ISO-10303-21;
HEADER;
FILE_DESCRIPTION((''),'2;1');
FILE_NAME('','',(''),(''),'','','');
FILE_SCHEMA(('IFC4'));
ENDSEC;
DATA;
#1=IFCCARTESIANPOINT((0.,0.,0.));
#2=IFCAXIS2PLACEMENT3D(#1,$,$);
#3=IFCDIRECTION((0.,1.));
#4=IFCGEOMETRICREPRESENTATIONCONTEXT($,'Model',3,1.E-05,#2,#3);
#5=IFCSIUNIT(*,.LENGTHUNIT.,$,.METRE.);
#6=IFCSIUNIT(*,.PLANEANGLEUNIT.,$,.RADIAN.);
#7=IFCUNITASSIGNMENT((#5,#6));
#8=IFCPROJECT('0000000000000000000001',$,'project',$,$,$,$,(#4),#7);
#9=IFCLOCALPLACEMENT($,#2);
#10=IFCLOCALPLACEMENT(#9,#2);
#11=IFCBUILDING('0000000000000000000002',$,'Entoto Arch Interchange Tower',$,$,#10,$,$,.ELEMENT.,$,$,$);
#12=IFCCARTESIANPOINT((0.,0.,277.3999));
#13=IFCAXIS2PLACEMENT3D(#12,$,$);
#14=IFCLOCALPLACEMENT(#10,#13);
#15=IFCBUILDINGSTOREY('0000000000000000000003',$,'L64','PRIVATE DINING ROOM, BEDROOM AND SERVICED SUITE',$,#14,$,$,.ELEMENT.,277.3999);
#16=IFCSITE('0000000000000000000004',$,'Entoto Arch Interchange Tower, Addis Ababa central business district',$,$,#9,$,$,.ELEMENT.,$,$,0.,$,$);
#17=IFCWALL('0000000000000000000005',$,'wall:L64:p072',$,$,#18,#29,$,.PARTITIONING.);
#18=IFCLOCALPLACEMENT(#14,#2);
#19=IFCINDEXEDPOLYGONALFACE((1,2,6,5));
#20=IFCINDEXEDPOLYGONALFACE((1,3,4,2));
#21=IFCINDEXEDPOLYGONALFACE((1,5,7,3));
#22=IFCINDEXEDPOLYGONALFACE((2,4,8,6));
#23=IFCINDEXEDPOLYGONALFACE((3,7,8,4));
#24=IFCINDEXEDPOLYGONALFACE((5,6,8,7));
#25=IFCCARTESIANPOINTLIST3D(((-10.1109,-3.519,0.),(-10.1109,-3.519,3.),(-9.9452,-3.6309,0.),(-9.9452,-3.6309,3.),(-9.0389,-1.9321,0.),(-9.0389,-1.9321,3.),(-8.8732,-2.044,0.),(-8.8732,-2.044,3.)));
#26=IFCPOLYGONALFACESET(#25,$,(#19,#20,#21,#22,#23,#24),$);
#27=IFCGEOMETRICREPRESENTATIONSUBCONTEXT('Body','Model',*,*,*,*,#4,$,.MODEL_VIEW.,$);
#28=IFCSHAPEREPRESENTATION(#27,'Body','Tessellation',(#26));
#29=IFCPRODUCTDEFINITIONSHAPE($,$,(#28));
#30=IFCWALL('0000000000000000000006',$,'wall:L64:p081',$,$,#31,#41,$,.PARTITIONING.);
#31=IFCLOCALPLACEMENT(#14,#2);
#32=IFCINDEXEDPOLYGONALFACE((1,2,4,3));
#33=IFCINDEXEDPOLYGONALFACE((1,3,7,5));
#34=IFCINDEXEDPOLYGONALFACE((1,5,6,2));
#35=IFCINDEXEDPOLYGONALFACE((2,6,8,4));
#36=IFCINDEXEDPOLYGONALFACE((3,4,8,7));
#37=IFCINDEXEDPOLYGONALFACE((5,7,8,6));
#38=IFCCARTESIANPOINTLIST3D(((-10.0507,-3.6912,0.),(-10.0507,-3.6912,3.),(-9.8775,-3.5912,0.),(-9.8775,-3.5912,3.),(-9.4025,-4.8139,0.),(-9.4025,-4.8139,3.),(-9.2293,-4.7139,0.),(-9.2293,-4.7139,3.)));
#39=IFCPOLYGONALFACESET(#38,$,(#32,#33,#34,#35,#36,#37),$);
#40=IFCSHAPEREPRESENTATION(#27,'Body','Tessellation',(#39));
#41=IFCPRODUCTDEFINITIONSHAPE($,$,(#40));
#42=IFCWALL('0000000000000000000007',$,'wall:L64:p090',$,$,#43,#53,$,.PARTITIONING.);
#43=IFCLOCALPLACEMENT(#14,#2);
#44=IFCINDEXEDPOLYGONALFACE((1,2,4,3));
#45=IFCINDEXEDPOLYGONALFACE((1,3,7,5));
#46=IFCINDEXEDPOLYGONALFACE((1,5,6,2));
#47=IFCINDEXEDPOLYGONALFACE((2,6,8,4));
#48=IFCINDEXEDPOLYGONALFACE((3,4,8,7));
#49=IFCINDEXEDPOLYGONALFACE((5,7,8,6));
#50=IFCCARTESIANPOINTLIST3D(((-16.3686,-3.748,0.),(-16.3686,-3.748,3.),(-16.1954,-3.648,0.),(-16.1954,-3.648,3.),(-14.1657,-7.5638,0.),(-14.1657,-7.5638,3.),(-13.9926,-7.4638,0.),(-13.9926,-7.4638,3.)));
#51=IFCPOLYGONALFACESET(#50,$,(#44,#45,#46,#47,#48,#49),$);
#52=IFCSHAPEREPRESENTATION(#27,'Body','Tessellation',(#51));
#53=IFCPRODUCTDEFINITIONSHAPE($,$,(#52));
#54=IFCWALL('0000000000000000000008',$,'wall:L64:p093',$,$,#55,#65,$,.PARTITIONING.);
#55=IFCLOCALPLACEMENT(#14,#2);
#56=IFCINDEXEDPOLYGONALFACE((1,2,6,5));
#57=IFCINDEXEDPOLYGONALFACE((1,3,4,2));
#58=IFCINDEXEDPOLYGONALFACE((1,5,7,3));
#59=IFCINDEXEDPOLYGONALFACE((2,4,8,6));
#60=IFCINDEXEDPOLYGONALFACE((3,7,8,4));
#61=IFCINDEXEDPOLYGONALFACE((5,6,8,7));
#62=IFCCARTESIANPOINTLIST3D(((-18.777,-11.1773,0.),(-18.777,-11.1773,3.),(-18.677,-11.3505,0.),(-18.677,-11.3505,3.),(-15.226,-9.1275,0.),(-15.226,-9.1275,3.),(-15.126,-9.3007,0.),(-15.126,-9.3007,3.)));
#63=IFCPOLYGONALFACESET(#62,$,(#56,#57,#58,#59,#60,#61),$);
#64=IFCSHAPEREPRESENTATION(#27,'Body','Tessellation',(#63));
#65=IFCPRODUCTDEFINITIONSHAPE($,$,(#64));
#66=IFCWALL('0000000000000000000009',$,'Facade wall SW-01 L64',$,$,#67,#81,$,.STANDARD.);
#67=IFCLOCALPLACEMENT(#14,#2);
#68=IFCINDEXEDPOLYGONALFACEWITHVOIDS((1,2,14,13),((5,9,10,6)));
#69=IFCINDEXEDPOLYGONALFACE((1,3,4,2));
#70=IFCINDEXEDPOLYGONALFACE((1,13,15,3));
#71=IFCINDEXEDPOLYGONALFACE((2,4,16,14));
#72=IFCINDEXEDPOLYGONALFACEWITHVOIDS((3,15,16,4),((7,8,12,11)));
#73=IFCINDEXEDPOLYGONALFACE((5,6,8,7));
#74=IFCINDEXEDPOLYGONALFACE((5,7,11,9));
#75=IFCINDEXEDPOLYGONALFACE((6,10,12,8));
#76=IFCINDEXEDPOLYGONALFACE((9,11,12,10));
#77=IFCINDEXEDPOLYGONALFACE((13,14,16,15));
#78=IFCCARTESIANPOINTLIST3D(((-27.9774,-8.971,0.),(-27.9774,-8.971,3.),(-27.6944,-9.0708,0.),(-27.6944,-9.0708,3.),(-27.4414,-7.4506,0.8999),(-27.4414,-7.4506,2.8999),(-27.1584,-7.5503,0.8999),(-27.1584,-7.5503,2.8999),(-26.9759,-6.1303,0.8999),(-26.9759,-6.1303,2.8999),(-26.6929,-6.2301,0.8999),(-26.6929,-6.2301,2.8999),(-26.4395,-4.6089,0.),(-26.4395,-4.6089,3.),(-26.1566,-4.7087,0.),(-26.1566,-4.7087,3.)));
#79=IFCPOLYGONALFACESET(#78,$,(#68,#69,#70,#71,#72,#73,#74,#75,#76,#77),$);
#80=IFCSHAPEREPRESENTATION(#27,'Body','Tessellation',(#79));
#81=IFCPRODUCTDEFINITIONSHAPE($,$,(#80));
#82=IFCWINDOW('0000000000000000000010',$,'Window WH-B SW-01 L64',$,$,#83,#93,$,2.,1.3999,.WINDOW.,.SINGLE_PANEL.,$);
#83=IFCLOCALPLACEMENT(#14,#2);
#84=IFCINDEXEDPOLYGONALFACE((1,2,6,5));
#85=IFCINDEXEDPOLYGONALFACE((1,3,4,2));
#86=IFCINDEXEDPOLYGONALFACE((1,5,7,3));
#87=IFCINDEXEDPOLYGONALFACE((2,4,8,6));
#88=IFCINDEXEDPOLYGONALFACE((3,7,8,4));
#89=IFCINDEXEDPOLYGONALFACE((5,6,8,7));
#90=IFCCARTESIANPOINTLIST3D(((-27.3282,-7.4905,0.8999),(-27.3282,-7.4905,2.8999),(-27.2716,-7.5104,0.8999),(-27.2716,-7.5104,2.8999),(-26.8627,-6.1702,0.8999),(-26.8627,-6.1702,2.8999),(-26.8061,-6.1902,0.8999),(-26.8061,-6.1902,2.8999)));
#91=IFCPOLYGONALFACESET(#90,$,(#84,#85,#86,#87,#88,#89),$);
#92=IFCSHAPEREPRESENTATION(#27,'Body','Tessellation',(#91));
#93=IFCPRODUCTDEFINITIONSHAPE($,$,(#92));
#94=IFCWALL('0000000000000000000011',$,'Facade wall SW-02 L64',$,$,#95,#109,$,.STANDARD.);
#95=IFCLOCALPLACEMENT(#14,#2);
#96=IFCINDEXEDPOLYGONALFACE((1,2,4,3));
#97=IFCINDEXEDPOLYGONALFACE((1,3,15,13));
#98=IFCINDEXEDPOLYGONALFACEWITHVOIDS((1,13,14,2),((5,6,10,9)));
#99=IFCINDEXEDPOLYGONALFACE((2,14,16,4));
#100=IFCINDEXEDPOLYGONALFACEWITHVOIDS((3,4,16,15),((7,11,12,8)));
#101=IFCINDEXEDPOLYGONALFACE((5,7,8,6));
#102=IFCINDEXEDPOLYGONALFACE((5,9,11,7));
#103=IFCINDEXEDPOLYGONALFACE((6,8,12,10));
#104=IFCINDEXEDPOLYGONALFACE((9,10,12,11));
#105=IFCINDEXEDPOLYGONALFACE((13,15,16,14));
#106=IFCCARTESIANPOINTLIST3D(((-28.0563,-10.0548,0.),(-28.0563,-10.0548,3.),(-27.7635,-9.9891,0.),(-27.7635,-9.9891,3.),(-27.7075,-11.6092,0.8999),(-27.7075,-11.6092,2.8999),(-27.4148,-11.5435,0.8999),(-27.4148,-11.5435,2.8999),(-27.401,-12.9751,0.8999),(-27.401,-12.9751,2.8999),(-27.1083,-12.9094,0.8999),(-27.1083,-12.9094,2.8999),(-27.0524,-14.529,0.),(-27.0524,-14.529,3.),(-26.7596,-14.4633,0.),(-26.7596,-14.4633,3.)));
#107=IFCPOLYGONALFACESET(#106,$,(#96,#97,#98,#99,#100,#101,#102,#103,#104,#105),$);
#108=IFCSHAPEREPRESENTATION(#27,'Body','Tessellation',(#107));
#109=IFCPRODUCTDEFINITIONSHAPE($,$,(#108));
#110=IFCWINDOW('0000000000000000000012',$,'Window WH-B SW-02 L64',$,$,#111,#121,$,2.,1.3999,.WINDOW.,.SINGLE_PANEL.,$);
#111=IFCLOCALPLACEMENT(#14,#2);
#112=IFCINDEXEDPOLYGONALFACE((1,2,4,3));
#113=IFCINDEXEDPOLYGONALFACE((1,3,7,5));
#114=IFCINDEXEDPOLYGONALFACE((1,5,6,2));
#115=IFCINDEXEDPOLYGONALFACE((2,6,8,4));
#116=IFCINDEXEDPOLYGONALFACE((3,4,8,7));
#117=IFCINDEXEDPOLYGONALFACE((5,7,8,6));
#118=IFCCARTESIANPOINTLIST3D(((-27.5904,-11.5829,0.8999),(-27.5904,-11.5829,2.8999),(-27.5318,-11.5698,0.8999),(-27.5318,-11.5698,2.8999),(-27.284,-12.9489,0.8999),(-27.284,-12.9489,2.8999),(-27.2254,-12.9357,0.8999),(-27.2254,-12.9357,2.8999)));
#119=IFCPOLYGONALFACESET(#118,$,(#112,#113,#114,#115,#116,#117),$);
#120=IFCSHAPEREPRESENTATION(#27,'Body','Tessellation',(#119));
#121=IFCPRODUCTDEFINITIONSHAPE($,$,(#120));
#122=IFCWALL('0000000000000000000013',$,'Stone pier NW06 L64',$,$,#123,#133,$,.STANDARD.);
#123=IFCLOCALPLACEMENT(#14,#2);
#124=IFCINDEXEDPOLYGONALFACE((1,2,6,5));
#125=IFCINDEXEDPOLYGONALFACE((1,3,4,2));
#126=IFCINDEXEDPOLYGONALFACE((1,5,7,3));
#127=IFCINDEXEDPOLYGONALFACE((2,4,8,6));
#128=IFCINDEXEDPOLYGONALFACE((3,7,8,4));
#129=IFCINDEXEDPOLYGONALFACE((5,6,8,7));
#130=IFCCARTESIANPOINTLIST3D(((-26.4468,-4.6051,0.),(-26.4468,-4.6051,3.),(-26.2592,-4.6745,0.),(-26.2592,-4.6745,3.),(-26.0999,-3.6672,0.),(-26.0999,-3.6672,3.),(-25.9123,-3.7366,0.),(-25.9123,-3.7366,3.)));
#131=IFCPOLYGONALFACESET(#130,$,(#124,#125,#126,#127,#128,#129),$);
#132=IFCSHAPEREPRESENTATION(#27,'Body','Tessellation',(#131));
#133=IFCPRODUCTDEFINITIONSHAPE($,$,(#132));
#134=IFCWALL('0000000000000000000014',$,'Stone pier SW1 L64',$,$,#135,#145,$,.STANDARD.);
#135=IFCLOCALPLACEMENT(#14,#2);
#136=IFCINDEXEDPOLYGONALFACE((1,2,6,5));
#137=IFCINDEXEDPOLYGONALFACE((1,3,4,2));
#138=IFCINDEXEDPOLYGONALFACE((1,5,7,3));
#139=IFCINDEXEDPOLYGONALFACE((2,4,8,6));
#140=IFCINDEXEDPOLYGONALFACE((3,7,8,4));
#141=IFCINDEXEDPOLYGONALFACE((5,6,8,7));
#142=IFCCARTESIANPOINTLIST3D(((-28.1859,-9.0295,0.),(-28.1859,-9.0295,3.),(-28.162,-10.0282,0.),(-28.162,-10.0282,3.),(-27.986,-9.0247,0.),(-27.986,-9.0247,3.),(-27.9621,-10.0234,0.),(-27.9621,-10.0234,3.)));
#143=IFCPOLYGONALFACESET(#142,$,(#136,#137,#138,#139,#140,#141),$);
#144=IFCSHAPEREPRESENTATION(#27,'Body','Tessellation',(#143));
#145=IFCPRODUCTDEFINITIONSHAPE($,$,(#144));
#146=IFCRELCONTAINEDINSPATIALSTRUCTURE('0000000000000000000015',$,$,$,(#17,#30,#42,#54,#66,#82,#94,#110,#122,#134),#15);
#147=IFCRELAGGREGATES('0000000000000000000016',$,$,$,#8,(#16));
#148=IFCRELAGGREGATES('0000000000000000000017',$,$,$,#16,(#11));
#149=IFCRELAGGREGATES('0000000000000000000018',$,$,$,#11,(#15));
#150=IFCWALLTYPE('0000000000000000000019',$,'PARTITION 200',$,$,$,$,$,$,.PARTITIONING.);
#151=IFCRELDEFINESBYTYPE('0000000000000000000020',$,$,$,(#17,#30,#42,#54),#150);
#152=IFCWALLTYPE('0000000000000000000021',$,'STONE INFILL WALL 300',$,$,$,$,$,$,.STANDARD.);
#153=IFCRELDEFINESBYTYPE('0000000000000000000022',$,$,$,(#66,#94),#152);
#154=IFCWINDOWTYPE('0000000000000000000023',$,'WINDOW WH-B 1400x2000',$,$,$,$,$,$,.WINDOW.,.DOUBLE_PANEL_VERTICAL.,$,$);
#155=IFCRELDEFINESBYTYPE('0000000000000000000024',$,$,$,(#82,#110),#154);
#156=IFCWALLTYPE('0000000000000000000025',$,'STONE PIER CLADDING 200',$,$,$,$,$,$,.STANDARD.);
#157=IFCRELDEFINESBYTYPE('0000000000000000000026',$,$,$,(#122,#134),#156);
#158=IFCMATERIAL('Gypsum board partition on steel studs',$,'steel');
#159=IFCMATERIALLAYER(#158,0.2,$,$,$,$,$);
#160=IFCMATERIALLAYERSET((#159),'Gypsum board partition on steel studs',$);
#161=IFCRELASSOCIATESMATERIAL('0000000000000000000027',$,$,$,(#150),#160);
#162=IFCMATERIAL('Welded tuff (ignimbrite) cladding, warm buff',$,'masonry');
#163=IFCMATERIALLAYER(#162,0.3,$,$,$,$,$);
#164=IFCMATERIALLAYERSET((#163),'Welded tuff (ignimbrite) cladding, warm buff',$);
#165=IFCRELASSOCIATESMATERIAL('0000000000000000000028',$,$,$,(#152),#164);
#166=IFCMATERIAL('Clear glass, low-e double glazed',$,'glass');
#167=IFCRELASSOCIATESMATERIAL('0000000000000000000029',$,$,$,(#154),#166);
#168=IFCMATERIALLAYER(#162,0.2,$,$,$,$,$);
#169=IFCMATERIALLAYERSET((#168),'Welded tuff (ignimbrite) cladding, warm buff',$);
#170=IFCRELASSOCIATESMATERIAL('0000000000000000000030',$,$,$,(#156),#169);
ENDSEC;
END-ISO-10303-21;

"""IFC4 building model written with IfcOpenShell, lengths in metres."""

from ifc_helpers import new_model, si_unit, direction, frame, frame_2d, origin, place, context, subcontext, project, spatial, rectangle, extrude, material, layer, layer_set, type_object, element, fill, save


model = new_model("IFC4")

# Units and contexts
model_context = context("Model", 3, precision=1e-05, world=origin(), true_north=direction((0.0, 1.0)))
body_context = subcontext(model_context, "Body", "Model", "MODEL_VIEW")
ifc_project = project(units=[si_unit("LENGTHUNIT", "METRE"), si_unit("PLANEANGLEUNIT", "RADIAN")], contexts=[model_context])

# Site, building, storey
site_placement = place(None, origin())
site = spatial("IfcSite", under=ifc_project, at=site_placement, Name="Entoto Arch Interchange Tower, Addis Ababa central business district", CompositionType="ELEMENT", RefElevation=0.0)
building_placement = place(site_placement, origin())
building = spatial("IfcBuilding", under=site, at=building_placement, Name="Entoto Arch Interchange Tower", CompositionType="ELEMENT")
storey_placement = place(building_placement, frame((0.0, 0.0, 277.3999)))
storey = spatial("IfcBuildingStorey", under=building, at=storey_placement, Name="L64", Description="PRIVATE DINING ROOM, BEDROOM AND SERVICED SUITE", CompositionType="ELEMENT", Elevation=277.3999)

# Shared definitions
ifc_material_1 = material(Name="Gypsum board partition on steel studs", Category="steel")
ifc_layer_1 = layer(ifc_material_1, 0.2)
ifc_layer_set_1 = layer_set([ifc_layer_1], Name="Gypsum board partition on steel studs")
wall_type_1 = type_object("IfcWallType", Name="PARTITION 200", PredefinedType="PARTITIONING", material=ifc_layer_set_1)

# Walls
wall_1_placement = place(storey_placement, frame((-10.0281, -3.575, 0.0), z_axis=(0.0, 0.0, 1.0), x_axis=(0.559779, 0.828642, 0.0)))
element("IfcWall", 1, at=wall_1_placement, inside=storey, type_object=wall_type_1, Name="wall:L64:p072", PredefinedType="PARTITIONING", context=body_context, shape_type="SweptSolid", body=[
    extrude(rectangle(XDim=1.915, YDim=0.2, at=frame_2d((0.9575, 0.0))), origin(), (0.0, 0.0, 1.0), 3.0),
])
wall_2_placement = place(storey_placement, frame((-9.3159, -4.7639, 0.0), z_axis=(0.0, 0.0, 1.0), x_axis=(-0.499967, 0.866044, 0.0)))
element("IfcWall", 2, at=wall_2_placement, inside=storey, type_object=wall_type_1, Name="wall:L64:p081", PredefinedType="PARTITIONING", context=body_context, shape_type="SweptSolid", body=[
    extrude(rectangle(XDim=1.2964, YDim=0.2, at=frame_2d((0.6482, 0.0))), origin(), (0.0, 0.0, 1.0), 3.0),
])
wall_3_placement = place(storey_placement, frame((-14.0791, -7.5139, 0.0), z_axis=(0.0, 0.0, 1.0), x_axis=(-0.499959, 0.866049, 0.0)))
element("IfcWall", 3, at=wall_3_placement, inside=storey, type_object=wall_type_1, Name="wall:L64:p090", PredefinedType="PARTITIONING", context=body_context, shape_type="SweptSolid", body=[
    extrude(rectangle(XDim=4.406, YDim=0.2, at=frame_2d((2.2031, 0.0))), origin(), (0.0, 0.0, 1.0), 3.0),
])
wall_4_placement = place(storey_placement, frame((-15.176, -9.2141, 0.0), z_axis=(0.0, 0.0, 1.0), x_axis=(-0.866066, -0.49993, 0.0)))
element("IfcWall", 4, at=wall_4_placement, inside=storey, type_object=wall_type_1, Name="wall:L64:p093", PredefinedType="PARTITIONING", context=body_context, shape_type="SweptSolid", body=[
    extrude(rectangle(XDim=4.1001, YDim=0.2, at=frame_2d((2.05, 0.0))), origin(), (0.0, 0.0, 1.0), 3.0),
])

# Walls, openings, windows
ifc_material_2 = material(Name="Welded tuff (ignimbrite) cladding, warm buff", Category="masonry")
ifc_layer_2 = layer(ifc_material_2, 0.3)
ifc_layer_set_2 = layer_set([ifc_layer_2], Name="Welded tuff (ignimbrite) cladding, warm buff")
wall_type_2 = type_object("IfcWallType", Name="STONE INFILL WALL 300", PredefinedType="STANDARD", material=ifc_layer_set_2)
wall_5_placement = place(storey_placement, frame((-26.2981, -4.6589, 0.0), z_axis=(0.0, 0.0, 1.0), x_axis=(-0.332492, -0.943106, 0.0)))
wall_5 = element("IfcWall", 5, at=wall_5_placement, inside=storey, type_object=wall_type_2, Name="Facade wall SW-01 L64", PredefinedType="STANDARD", context=body_context, shape_type="SweptSolid", body=[
    extrude(rectangle(XDim=4.6252, YDim=0.3, at=frame_2d((2.3125, 0.0))), origin(), (0.0, 0.0, 1.0), 3.0),
])
opening_1_placement = place(wall_5_placement, frame((1.613, 0.0, 0.8999)))
opening_1 = element("IfcOpeningElement", 6, at=opening_1_placement, cuts=wall_5, PredefinedType="OPENING", context=body_context, shape_type="SweptSolid", body=[
    extrude(rectangle(XDim=1.3999, YDim=2.0, at=frame_2d((0.7, 1.0))), frame((0.0, 0.1602, 0.0), z_axis=(0.0, -1.0, 0.0), x_axis=(1.0, 0.0, 0.0)), (0.0, 0.0, 1.0), 0.3201),
])
ifc_material_3 = material(Name="Clear glass, low-e double glazed", Category="glass")
window_type = type_object("IfcWindowType", Name="WINDOW WH-B 1400x2000", PartitioningType="DOUBLE_PANEL_VERTICAL", PredefinedType="WINDOW", material=ifc_material_3)
window_1_placement = place(opening_1_placement, origin())
window_1 = element("IfcWindow", 7, at=window_1_placement, inside=storey, type_object=window_type, Name="Window WH-B SW-01 L64", OverallHeight=2.0, OverallWidth=1.3999, PartitioningType="SINGLE_PANEL", PredefinedType="WINDOW", context=body_context, shape_type="SweptSolid", body=[
    extrude(rectangle(XDim=1.3999, YDim=2.0, at=frame_2d((0.7, 1.0))), frame((0.0, 0.03, 0.0), z_axis=(0.0, -1.0, 0.0), x_axis=(1.0, 0.0, 0.0)), (0.0, 0.0, 1.0), 0.0601),
])
fill(opening_1, window_1)
wall_6_placement = place(storey_placement, frame((-27.9099, -10.022, 0.0), z_axis=(0.0, 0.0, 1.0), x_axis=(0.218937, -0.975739, 0.0)))
wall_6 = element("IfcWall", 8, at=wall_6_placement, inside=storey, type_object=wall_type_2, Name="Facade wall SW-02 L64", PredefinedType="STANDARD", context=body_context, shape_type="SweptSolid", body=[
    extrude(rectangle(XDim=4.5854, YDim=0.3, at=frame_2d((2.2927, 0.0))), origin(), (0.0, 0.0, 1.0), 3.0),
])
opening_2_placement = place(wall_6_placement, frame((1.593, 0.0, 0.8999)))
opening_2 = element("IfcOpeningElement", 9, at=opening_2_placement, cuts=wall_6, PredefinedType="OPENING", context=body_context, shape_type="SweptSolid", body=[
    extrude(rectangle(XDim=1.3999, YDim=2.0, at=frame_2d((0.7, 1.0))), frame((0.0, 0.1602, 0.0), z_axis=(0.0, -1.0, 0.0), x_axis=(1.0, 0.0, 0.0)), (0.0, 0.0, 1.0), 0.3201),
])
window_2_placement = place(opening_2_placement, origin())
window_2 = element("IfcWindow", 10, at=window_2_placement, inside=storey, type_object=window_type, Name="Window WH-B SW-02 L64", OverallHeight=2.0, OverallWidth=1.3999, PartitioningType="SINGLE_PANEL", PredefinedType="WINDOW", context=body_context, shape_type="SweptSolid", body=[
    extrude(rectangle(XDim=1.3999, YDim=2.0, at=frame_2d((0.7, 1.0))), frame((0.0, 0.03, 0.0), z_axis=(0.0, -1.0, 0.0), x_axis=(1.0, 0.0, 0.0)), (0.0, 0.0, 1.0), 0.0601),
])
fill(opening_2, window_2)

# Walls
ifc_layer_3 = layer(ifc_material_2, 0.2)
ifc_layer_set_3 = layer_set([ifc_layer_3], Name="Welded tuff (ignimbrite) cladding, warm buff")
wall_type_3 = type_object("IfcWallType", Name="STONE PIER CLADDING 200", PredefinedType="STANDARD", material=ifc_layer_set_3)
wall_7_placement = place(storey_placement, frame((-26.0061, -3.7019, 0.0), z_axis=(0.0, 0.0, 1.0), x_axis=(-0.346893, -0.937905, 0.0)))
element("IfcWall", 11, at=wall_7_placement, inside=storey, type_object=wall_type_3, Name="Stone pier NW06 L64", PredefinedType="STANDARD", context=body_context, shape_type="SweptSolid", body=[
    extrude(rectangle(XDim=1.0, YDim=0.2, at=frame_2d((0.5, 0.0))), origin(), (0.0, 0.0, 1.0), 3.0),
])
wall_8_placement = place(storey_placement, frame((-28.0859, -9.0271, 0.0), z_axis=(0.0, 0.0, 1.0), x_axis=(0.023948, -0.999713, 0.0)))
element("IfcWall", 12, at=wall_8_placement, inside=storey, type_object=wall_type_3, Name="Stone pier SW1 L64", PredefinedType="STANDARD", context=body_context, shape_type="SweptSolid", body=[
    extrude(rectangle(XDim=0.999, YDim=0.2, at=frame_2d((0.4995, 0.0))), origin(), (0.0, 0.0, 1.0), 3.0),
])

save(model, "model.ifc")
